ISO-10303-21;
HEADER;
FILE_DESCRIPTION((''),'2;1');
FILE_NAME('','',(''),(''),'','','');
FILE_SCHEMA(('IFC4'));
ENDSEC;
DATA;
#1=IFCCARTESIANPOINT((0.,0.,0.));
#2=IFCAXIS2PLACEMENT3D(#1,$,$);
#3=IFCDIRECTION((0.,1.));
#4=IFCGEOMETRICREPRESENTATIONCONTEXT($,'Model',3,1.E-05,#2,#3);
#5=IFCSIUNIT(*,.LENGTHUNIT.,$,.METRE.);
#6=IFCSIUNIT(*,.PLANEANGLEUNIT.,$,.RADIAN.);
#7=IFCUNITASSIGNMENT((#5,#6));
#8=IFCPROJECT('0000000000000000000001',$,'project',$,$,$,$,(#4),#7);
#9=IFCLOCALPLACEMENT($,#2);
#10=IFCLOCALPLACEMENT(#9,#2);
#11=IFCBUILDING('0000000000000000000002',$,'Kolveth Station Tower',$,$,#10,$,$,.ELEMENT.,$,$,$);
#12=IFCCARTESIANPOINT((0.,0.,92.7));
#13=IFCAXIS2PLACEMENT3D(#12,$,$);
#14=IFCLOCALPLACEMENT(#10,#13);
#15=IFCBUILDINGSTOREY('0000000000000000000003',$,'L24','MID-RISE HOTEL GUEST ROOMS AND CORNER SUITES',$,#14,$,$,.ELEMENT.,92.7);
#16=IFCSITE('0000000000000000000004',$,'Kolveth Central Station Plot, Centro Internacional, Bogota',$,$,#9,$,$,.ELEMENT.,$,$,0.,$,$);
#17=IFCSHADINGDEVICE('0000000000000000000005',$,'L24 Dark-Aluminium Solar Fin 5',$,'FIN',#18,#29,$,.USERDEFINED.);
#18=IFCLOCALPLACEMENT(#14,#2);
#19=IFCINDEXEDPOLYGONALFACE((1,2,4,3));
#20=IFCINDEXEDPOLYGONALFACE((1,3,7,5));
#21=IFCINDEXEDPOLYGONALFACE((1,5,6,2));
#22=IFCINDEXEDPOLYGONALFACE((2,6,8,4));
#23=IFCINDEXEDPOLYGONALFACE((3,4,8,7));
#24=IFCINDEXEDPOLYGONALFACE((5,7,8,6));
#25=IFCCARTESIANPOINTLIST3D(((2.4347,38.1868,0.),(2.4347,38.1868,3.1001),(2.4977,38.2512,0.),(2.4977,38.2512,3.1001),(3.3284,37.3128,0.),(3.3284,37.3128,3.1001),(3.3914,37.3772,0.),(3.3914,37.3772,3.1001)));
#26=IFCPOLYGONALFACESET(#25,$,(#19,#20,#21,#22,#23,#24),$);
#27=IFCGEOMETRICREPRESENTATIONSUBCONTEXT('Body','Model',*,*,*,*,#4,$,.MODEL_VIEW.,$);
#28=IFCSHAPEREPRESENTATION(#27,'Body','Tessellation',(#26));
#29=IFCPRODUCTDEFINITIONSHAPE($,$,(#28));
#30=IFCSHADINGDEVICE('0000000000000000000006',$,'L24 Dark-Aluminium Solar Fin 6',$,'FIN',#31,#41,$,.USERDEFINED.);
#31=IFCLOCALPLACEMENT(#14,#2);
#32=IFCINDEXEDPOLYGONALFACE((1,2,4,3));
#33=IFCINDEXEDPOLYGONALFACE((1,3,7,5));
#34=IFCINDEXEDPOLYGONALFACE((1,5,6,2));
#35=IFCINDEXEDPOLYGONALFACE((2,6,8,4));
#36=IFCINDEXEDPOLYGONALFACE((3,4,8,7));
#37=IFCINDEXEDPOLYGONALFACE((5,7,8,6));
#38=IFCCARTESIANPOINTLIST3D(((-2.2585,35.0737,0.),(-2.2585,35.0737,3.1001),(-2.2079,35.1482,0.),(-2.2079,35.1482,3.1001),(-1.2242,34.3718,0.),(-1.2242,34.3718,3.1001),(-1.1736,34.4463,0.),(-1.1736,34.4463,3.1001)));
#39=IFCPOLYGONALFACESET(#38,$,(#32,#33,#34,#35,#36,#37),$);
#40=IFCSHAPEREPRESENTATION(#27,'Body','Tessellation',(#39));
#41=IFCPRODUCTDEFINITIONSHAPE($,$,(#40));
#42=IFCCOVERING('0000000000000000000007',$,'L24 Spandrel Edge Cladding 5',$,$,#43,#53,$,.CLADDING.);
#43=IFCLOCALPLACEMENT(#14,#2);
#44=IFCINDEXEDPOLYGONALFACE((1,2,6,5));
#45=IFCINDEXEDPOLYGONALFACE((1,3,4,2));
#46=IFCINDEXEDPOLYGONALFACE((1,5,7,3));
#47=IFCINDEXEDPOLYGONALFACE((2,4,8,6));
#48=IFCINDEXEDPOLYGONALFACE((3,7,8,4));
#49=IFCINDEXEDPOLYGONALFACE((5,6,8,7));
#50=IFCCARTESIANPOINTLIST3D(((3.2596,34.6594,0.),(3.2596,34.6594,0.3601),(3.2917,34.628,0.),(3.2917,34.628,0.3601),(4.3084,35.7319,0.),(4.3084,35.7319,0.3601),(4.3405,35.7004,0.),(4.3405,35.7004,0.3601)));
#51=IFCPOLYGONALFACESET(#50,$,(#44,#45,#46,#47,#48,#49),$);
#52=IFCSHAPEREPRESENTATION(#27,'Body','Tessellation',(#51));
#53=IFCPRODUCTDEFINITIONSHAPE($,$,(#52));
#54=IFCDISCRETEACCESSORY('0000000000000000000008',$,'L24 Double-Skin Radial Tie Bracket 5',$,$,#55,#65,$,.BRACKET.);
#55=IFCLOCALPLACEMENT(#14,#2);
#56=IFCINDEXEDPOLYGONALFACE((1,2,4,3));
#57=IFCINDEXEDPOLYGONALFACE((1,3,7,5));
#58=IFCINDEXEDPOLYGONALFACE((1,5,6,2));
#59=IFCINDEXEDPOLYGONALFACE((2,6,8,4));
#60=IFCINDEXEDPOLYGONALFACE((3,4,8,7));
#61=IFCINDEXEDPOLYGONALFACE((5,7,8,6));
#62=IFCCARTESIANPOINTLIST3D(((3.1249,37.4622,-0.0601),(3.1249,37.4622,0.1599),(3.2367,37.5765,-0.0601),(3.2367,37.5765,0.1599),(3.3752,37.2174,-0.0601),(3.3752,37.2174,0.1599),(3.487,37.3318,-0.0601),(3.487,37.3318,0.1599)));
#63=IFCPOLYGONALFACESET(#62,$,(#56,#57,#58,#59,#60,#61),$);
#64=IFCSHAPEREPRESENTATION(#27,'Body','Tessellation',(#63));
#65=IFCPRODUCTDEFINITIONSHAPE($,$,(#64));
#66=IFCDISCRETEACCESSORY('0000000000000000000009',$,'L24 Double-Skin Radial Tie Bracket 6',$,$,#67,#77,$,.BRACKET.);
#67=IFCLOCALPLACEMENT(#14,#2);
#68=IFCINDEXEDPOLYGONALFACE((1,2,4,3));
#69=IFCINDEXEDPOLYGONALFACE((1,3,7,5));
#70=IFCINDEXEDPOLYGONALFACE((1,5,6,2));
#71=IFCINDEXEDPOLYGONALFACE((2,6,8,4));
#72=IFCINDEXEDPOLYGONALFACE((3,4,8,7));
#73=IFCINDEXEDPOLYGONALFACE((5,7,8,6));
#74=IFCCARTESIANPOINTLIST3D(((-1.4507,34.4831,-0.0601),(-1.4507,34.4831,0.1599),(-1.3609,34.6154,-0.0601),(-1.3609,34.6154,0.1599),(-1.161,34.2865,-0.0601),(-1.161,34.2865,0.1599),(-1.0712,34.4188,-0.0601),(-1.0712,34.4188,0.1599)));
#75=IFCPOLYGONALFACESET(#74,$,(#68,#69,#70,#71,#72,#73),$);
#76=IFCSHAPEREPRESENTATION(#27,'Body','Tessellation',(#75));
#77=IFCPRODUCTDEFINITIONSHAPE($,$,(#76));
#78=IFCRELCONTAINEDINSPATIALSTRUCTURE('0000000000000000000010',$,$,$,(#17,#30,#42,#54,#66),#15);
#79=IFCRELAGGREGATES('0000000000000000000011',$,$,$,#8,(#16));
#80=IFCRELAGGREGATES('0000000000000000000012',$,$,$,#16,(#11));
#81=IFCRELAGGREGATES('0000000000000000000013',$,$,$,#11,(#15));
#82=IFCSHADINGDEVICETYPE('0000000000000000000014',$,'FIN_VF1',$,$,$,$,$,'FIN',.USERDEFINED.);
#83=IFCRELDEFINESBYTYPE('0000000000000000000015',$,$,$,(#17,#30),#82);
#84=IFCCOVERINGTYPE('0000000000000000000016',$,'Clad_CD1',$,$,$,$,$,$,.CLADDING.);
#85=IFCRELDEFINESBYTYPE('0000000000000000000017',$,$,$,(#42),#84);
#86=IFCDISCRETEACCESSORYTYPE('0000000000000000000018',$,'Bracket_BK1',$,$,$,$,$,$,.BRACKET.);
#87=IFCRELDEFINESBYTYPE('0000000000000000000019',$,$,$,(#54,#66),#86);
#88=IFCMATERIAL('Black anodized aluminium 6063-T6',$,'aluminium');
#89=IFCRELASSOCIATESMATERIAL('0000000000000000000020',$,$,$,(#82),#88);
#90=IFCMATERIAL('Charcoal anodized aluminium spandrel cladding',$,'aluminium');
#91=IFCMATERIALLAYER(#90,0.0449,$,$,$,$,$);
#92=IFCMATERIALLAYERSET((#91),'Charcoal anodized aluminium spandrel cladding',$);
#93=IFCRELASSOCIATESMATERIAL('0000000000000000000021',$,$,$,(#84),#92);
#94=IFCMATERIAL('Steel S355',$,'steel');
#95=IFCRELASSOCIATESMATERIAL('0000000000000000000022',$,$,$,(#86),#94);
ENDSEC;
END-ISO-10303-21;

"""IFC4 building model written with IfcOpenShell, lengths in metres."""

from ifc_helpers import new_model, si_unit, direction, frame, origin, origin_2d, place, context, subcontext, project, spatial, rectangle, extrude, source, transform, mapped, material, layer, layer_set, type_object, element, save


model = new_model("IFC4")

# Units and contexts
model_context = context("Model", 3, precision=1e-05, world=origin(), true_north=direction((0.0, 1.0)))
body_context = subcontext(model_context, "Body", "Model", "MODEL_VIEW")
ifc_project = project(units=[si_unit("LENGTHUNIT", "METRE"), si_unit("PLANEANGLEUNIT", "RADIAN")], contexts=[model_context])

# Site, building, storey
site_placement = place(None, origin())
site = spatial("IfcSite", under=ifc_project, at=site_placement, Name="Kolveth Central Station Plot, Centro Internacional, Bogota", CompositionType="ELEMENT", RefElevation=0.0)
building_placement = place(site_placement, origin())
building = spatial("IfcBuilding", under=site, at=building_placement, Name="Kolveth Station Tower", CompositionType="ELEMENT")
storey_placement = place(building_placement, frame((0.0, 0.0, 92.7)))
storey = spatial("IfcBuildingStorey", under=building, at=storey_placement, Name="L24", Description="MID-RISE HOTEL GUEST ROOMS AND CORNER SUITES", CompositionType="ELEMENT", Elevation=92.7)

# Shared definitions
ifc_material_1 = material(Name="Black anodized aluminium 6063-T6", Category="aluminium")

# Shading devices
shading_device_type = type_object("IfcShadingDeviceType", Name="FIN_VF1", ElementType="FIN", PredefinedType="USERDEFINED", material=ifc_material_1)
shared_shape_1 = source(origin(), body_context, "Body", "SweptSolid", [
    extrude(rectangle(XDim=1.25, YDim=0.0901, at=origin_2d()), origin(), (0.0, 0.0, 1.0), 3.1001),
])
for number, where, z_axis, x_axis, name in (
    (1, (2.9131, 37.782, 0.0), (0.0, 0.0, 1.0), (-0.714961, 0.699164, 0.0), "L24 Dark-Aluminium Solar Fin 5"),
    (2, (-1.7161, 34.76, 0.0), (0.0, 0.0, 1.0), (-0.827473, 0.561506, 0.0), "L24 Dark-Aluminium Solar Fin 6"),
):
    element("IfcShadingDevice", number, at=place(storey_placement, frame(where, z_axis=z_axis, x_axis=x_axis)), inside=storey, type_object=shading_device_type, Name=name, ObjectType="FIN", PredefinedType="USERDEFINED", context=body_context, shape_type="MappedRepresentation", body=[
        mapped(shared_shape_1, transform((0.0, 0.0, 0.0), x_axis=(1.0, 0.0, 0.0), y_axis=(0.0, 1.0, 0.0), z_axis=(0.0, 0.0, 1.0), scale=1.0)),
    ])

# Covering
ifc_material_2 = material(Name="Charcoal anodized aluminium spandrel cladding", Category="aluminium")
ifc_layer_1 = layer(ifc_material_2, 0.0449)
ifc_layer_set_1 = layer_set([ifc_layer_1], Name="Charcoal anodized aluminium spandrel cladding")
covering_type = type_object("IfcCoveringType", Name="Clad_CD1", PredefinedType="CLADDING", material=ifc_layer_set_1)
shared_shape_2 = source(origin(), body_context, "Body", "SweptSolid", [
    extrude(rectangle(XDim=1.5, YDim=0.0449, at=origin_2d()), origin(), (0.0, 0.0, 1.0), 0.3601),
])
covering_placement = place(storey_placement, frame((3.8, 35.1799, 0.0), z_axis=(0.0, 0.0, 1.0), x_axis=(-0.699164, -0.714961, 0.0)))
element("IfcCovering", 3, at=covering_placement, inside=storey, type_object=covering_type, Name="L24 Spandrel Edge Cladding 5", PredefinedType="CLADDING", context=body_context, shape_type="MappedRepresentation", body=[
    mapped(shared_shape_2, transform((0.0, 0.0, 0.0), x_axis=(1.0, 0.0, 0.0), y_axis=(0.0, 1.0, 0.0), z_axis=(0.0, 0.0, 1.0), scale=1.0)),
])

# Discrete accessories
ifc_material_3 = material(Name="Steel S355", Category="steel")
discrete_accessory_type = type_object("IfcDiscreteAccessoryType", Name="Bracket_BK1", PredefinedType="BRACKET", material=ifc_material_3)
shared_shape_3 = source(origin(), body_context, "Body", "SweptSolid", [
    extrude(rectangle(XDim=0.3501, YDim=0.1599, at=origin_2d()), origin(), (0.0, 0.0, 1.0), 0.22),
])
for number, where, z_axis, x_axis, name in (
    (4, (3.3059, 37.397, -0.0601), (0.0, 0.0, 1.0), (-0.714961, 0.699164, 0.0), "L24 Double-Skin Radial Tie Bracket 5"),
    (5, (-1.261, 34.4509, -0.0601), (0.0, 0.0, 1.0), (-0.827473, 0.561506, 0.0), "L24 Double-Skin Radial Tie Bracket 6"),
):
    element("IfcDiscreteAccessory", number, at=place(storey_placement, frame(where, z_axis=z_axis, x_axis=x_axis)), inside=storey, type_object=discrete_accessory_type, Name=name, PredefinedType="BRACKET", context=body_context, shape_type="MappedRepresentation", body=[
        mapped(shared_shape_3, transform((0.0, 0.0, 0.0), x_axis=(1.0, 0.0, 0.0), y_axis=(0.0, 1.0, 0.0), z_axis=(0.0, 0.0, 1.0), scale=1.0)),
    ])

save(model, "model.ifc")
